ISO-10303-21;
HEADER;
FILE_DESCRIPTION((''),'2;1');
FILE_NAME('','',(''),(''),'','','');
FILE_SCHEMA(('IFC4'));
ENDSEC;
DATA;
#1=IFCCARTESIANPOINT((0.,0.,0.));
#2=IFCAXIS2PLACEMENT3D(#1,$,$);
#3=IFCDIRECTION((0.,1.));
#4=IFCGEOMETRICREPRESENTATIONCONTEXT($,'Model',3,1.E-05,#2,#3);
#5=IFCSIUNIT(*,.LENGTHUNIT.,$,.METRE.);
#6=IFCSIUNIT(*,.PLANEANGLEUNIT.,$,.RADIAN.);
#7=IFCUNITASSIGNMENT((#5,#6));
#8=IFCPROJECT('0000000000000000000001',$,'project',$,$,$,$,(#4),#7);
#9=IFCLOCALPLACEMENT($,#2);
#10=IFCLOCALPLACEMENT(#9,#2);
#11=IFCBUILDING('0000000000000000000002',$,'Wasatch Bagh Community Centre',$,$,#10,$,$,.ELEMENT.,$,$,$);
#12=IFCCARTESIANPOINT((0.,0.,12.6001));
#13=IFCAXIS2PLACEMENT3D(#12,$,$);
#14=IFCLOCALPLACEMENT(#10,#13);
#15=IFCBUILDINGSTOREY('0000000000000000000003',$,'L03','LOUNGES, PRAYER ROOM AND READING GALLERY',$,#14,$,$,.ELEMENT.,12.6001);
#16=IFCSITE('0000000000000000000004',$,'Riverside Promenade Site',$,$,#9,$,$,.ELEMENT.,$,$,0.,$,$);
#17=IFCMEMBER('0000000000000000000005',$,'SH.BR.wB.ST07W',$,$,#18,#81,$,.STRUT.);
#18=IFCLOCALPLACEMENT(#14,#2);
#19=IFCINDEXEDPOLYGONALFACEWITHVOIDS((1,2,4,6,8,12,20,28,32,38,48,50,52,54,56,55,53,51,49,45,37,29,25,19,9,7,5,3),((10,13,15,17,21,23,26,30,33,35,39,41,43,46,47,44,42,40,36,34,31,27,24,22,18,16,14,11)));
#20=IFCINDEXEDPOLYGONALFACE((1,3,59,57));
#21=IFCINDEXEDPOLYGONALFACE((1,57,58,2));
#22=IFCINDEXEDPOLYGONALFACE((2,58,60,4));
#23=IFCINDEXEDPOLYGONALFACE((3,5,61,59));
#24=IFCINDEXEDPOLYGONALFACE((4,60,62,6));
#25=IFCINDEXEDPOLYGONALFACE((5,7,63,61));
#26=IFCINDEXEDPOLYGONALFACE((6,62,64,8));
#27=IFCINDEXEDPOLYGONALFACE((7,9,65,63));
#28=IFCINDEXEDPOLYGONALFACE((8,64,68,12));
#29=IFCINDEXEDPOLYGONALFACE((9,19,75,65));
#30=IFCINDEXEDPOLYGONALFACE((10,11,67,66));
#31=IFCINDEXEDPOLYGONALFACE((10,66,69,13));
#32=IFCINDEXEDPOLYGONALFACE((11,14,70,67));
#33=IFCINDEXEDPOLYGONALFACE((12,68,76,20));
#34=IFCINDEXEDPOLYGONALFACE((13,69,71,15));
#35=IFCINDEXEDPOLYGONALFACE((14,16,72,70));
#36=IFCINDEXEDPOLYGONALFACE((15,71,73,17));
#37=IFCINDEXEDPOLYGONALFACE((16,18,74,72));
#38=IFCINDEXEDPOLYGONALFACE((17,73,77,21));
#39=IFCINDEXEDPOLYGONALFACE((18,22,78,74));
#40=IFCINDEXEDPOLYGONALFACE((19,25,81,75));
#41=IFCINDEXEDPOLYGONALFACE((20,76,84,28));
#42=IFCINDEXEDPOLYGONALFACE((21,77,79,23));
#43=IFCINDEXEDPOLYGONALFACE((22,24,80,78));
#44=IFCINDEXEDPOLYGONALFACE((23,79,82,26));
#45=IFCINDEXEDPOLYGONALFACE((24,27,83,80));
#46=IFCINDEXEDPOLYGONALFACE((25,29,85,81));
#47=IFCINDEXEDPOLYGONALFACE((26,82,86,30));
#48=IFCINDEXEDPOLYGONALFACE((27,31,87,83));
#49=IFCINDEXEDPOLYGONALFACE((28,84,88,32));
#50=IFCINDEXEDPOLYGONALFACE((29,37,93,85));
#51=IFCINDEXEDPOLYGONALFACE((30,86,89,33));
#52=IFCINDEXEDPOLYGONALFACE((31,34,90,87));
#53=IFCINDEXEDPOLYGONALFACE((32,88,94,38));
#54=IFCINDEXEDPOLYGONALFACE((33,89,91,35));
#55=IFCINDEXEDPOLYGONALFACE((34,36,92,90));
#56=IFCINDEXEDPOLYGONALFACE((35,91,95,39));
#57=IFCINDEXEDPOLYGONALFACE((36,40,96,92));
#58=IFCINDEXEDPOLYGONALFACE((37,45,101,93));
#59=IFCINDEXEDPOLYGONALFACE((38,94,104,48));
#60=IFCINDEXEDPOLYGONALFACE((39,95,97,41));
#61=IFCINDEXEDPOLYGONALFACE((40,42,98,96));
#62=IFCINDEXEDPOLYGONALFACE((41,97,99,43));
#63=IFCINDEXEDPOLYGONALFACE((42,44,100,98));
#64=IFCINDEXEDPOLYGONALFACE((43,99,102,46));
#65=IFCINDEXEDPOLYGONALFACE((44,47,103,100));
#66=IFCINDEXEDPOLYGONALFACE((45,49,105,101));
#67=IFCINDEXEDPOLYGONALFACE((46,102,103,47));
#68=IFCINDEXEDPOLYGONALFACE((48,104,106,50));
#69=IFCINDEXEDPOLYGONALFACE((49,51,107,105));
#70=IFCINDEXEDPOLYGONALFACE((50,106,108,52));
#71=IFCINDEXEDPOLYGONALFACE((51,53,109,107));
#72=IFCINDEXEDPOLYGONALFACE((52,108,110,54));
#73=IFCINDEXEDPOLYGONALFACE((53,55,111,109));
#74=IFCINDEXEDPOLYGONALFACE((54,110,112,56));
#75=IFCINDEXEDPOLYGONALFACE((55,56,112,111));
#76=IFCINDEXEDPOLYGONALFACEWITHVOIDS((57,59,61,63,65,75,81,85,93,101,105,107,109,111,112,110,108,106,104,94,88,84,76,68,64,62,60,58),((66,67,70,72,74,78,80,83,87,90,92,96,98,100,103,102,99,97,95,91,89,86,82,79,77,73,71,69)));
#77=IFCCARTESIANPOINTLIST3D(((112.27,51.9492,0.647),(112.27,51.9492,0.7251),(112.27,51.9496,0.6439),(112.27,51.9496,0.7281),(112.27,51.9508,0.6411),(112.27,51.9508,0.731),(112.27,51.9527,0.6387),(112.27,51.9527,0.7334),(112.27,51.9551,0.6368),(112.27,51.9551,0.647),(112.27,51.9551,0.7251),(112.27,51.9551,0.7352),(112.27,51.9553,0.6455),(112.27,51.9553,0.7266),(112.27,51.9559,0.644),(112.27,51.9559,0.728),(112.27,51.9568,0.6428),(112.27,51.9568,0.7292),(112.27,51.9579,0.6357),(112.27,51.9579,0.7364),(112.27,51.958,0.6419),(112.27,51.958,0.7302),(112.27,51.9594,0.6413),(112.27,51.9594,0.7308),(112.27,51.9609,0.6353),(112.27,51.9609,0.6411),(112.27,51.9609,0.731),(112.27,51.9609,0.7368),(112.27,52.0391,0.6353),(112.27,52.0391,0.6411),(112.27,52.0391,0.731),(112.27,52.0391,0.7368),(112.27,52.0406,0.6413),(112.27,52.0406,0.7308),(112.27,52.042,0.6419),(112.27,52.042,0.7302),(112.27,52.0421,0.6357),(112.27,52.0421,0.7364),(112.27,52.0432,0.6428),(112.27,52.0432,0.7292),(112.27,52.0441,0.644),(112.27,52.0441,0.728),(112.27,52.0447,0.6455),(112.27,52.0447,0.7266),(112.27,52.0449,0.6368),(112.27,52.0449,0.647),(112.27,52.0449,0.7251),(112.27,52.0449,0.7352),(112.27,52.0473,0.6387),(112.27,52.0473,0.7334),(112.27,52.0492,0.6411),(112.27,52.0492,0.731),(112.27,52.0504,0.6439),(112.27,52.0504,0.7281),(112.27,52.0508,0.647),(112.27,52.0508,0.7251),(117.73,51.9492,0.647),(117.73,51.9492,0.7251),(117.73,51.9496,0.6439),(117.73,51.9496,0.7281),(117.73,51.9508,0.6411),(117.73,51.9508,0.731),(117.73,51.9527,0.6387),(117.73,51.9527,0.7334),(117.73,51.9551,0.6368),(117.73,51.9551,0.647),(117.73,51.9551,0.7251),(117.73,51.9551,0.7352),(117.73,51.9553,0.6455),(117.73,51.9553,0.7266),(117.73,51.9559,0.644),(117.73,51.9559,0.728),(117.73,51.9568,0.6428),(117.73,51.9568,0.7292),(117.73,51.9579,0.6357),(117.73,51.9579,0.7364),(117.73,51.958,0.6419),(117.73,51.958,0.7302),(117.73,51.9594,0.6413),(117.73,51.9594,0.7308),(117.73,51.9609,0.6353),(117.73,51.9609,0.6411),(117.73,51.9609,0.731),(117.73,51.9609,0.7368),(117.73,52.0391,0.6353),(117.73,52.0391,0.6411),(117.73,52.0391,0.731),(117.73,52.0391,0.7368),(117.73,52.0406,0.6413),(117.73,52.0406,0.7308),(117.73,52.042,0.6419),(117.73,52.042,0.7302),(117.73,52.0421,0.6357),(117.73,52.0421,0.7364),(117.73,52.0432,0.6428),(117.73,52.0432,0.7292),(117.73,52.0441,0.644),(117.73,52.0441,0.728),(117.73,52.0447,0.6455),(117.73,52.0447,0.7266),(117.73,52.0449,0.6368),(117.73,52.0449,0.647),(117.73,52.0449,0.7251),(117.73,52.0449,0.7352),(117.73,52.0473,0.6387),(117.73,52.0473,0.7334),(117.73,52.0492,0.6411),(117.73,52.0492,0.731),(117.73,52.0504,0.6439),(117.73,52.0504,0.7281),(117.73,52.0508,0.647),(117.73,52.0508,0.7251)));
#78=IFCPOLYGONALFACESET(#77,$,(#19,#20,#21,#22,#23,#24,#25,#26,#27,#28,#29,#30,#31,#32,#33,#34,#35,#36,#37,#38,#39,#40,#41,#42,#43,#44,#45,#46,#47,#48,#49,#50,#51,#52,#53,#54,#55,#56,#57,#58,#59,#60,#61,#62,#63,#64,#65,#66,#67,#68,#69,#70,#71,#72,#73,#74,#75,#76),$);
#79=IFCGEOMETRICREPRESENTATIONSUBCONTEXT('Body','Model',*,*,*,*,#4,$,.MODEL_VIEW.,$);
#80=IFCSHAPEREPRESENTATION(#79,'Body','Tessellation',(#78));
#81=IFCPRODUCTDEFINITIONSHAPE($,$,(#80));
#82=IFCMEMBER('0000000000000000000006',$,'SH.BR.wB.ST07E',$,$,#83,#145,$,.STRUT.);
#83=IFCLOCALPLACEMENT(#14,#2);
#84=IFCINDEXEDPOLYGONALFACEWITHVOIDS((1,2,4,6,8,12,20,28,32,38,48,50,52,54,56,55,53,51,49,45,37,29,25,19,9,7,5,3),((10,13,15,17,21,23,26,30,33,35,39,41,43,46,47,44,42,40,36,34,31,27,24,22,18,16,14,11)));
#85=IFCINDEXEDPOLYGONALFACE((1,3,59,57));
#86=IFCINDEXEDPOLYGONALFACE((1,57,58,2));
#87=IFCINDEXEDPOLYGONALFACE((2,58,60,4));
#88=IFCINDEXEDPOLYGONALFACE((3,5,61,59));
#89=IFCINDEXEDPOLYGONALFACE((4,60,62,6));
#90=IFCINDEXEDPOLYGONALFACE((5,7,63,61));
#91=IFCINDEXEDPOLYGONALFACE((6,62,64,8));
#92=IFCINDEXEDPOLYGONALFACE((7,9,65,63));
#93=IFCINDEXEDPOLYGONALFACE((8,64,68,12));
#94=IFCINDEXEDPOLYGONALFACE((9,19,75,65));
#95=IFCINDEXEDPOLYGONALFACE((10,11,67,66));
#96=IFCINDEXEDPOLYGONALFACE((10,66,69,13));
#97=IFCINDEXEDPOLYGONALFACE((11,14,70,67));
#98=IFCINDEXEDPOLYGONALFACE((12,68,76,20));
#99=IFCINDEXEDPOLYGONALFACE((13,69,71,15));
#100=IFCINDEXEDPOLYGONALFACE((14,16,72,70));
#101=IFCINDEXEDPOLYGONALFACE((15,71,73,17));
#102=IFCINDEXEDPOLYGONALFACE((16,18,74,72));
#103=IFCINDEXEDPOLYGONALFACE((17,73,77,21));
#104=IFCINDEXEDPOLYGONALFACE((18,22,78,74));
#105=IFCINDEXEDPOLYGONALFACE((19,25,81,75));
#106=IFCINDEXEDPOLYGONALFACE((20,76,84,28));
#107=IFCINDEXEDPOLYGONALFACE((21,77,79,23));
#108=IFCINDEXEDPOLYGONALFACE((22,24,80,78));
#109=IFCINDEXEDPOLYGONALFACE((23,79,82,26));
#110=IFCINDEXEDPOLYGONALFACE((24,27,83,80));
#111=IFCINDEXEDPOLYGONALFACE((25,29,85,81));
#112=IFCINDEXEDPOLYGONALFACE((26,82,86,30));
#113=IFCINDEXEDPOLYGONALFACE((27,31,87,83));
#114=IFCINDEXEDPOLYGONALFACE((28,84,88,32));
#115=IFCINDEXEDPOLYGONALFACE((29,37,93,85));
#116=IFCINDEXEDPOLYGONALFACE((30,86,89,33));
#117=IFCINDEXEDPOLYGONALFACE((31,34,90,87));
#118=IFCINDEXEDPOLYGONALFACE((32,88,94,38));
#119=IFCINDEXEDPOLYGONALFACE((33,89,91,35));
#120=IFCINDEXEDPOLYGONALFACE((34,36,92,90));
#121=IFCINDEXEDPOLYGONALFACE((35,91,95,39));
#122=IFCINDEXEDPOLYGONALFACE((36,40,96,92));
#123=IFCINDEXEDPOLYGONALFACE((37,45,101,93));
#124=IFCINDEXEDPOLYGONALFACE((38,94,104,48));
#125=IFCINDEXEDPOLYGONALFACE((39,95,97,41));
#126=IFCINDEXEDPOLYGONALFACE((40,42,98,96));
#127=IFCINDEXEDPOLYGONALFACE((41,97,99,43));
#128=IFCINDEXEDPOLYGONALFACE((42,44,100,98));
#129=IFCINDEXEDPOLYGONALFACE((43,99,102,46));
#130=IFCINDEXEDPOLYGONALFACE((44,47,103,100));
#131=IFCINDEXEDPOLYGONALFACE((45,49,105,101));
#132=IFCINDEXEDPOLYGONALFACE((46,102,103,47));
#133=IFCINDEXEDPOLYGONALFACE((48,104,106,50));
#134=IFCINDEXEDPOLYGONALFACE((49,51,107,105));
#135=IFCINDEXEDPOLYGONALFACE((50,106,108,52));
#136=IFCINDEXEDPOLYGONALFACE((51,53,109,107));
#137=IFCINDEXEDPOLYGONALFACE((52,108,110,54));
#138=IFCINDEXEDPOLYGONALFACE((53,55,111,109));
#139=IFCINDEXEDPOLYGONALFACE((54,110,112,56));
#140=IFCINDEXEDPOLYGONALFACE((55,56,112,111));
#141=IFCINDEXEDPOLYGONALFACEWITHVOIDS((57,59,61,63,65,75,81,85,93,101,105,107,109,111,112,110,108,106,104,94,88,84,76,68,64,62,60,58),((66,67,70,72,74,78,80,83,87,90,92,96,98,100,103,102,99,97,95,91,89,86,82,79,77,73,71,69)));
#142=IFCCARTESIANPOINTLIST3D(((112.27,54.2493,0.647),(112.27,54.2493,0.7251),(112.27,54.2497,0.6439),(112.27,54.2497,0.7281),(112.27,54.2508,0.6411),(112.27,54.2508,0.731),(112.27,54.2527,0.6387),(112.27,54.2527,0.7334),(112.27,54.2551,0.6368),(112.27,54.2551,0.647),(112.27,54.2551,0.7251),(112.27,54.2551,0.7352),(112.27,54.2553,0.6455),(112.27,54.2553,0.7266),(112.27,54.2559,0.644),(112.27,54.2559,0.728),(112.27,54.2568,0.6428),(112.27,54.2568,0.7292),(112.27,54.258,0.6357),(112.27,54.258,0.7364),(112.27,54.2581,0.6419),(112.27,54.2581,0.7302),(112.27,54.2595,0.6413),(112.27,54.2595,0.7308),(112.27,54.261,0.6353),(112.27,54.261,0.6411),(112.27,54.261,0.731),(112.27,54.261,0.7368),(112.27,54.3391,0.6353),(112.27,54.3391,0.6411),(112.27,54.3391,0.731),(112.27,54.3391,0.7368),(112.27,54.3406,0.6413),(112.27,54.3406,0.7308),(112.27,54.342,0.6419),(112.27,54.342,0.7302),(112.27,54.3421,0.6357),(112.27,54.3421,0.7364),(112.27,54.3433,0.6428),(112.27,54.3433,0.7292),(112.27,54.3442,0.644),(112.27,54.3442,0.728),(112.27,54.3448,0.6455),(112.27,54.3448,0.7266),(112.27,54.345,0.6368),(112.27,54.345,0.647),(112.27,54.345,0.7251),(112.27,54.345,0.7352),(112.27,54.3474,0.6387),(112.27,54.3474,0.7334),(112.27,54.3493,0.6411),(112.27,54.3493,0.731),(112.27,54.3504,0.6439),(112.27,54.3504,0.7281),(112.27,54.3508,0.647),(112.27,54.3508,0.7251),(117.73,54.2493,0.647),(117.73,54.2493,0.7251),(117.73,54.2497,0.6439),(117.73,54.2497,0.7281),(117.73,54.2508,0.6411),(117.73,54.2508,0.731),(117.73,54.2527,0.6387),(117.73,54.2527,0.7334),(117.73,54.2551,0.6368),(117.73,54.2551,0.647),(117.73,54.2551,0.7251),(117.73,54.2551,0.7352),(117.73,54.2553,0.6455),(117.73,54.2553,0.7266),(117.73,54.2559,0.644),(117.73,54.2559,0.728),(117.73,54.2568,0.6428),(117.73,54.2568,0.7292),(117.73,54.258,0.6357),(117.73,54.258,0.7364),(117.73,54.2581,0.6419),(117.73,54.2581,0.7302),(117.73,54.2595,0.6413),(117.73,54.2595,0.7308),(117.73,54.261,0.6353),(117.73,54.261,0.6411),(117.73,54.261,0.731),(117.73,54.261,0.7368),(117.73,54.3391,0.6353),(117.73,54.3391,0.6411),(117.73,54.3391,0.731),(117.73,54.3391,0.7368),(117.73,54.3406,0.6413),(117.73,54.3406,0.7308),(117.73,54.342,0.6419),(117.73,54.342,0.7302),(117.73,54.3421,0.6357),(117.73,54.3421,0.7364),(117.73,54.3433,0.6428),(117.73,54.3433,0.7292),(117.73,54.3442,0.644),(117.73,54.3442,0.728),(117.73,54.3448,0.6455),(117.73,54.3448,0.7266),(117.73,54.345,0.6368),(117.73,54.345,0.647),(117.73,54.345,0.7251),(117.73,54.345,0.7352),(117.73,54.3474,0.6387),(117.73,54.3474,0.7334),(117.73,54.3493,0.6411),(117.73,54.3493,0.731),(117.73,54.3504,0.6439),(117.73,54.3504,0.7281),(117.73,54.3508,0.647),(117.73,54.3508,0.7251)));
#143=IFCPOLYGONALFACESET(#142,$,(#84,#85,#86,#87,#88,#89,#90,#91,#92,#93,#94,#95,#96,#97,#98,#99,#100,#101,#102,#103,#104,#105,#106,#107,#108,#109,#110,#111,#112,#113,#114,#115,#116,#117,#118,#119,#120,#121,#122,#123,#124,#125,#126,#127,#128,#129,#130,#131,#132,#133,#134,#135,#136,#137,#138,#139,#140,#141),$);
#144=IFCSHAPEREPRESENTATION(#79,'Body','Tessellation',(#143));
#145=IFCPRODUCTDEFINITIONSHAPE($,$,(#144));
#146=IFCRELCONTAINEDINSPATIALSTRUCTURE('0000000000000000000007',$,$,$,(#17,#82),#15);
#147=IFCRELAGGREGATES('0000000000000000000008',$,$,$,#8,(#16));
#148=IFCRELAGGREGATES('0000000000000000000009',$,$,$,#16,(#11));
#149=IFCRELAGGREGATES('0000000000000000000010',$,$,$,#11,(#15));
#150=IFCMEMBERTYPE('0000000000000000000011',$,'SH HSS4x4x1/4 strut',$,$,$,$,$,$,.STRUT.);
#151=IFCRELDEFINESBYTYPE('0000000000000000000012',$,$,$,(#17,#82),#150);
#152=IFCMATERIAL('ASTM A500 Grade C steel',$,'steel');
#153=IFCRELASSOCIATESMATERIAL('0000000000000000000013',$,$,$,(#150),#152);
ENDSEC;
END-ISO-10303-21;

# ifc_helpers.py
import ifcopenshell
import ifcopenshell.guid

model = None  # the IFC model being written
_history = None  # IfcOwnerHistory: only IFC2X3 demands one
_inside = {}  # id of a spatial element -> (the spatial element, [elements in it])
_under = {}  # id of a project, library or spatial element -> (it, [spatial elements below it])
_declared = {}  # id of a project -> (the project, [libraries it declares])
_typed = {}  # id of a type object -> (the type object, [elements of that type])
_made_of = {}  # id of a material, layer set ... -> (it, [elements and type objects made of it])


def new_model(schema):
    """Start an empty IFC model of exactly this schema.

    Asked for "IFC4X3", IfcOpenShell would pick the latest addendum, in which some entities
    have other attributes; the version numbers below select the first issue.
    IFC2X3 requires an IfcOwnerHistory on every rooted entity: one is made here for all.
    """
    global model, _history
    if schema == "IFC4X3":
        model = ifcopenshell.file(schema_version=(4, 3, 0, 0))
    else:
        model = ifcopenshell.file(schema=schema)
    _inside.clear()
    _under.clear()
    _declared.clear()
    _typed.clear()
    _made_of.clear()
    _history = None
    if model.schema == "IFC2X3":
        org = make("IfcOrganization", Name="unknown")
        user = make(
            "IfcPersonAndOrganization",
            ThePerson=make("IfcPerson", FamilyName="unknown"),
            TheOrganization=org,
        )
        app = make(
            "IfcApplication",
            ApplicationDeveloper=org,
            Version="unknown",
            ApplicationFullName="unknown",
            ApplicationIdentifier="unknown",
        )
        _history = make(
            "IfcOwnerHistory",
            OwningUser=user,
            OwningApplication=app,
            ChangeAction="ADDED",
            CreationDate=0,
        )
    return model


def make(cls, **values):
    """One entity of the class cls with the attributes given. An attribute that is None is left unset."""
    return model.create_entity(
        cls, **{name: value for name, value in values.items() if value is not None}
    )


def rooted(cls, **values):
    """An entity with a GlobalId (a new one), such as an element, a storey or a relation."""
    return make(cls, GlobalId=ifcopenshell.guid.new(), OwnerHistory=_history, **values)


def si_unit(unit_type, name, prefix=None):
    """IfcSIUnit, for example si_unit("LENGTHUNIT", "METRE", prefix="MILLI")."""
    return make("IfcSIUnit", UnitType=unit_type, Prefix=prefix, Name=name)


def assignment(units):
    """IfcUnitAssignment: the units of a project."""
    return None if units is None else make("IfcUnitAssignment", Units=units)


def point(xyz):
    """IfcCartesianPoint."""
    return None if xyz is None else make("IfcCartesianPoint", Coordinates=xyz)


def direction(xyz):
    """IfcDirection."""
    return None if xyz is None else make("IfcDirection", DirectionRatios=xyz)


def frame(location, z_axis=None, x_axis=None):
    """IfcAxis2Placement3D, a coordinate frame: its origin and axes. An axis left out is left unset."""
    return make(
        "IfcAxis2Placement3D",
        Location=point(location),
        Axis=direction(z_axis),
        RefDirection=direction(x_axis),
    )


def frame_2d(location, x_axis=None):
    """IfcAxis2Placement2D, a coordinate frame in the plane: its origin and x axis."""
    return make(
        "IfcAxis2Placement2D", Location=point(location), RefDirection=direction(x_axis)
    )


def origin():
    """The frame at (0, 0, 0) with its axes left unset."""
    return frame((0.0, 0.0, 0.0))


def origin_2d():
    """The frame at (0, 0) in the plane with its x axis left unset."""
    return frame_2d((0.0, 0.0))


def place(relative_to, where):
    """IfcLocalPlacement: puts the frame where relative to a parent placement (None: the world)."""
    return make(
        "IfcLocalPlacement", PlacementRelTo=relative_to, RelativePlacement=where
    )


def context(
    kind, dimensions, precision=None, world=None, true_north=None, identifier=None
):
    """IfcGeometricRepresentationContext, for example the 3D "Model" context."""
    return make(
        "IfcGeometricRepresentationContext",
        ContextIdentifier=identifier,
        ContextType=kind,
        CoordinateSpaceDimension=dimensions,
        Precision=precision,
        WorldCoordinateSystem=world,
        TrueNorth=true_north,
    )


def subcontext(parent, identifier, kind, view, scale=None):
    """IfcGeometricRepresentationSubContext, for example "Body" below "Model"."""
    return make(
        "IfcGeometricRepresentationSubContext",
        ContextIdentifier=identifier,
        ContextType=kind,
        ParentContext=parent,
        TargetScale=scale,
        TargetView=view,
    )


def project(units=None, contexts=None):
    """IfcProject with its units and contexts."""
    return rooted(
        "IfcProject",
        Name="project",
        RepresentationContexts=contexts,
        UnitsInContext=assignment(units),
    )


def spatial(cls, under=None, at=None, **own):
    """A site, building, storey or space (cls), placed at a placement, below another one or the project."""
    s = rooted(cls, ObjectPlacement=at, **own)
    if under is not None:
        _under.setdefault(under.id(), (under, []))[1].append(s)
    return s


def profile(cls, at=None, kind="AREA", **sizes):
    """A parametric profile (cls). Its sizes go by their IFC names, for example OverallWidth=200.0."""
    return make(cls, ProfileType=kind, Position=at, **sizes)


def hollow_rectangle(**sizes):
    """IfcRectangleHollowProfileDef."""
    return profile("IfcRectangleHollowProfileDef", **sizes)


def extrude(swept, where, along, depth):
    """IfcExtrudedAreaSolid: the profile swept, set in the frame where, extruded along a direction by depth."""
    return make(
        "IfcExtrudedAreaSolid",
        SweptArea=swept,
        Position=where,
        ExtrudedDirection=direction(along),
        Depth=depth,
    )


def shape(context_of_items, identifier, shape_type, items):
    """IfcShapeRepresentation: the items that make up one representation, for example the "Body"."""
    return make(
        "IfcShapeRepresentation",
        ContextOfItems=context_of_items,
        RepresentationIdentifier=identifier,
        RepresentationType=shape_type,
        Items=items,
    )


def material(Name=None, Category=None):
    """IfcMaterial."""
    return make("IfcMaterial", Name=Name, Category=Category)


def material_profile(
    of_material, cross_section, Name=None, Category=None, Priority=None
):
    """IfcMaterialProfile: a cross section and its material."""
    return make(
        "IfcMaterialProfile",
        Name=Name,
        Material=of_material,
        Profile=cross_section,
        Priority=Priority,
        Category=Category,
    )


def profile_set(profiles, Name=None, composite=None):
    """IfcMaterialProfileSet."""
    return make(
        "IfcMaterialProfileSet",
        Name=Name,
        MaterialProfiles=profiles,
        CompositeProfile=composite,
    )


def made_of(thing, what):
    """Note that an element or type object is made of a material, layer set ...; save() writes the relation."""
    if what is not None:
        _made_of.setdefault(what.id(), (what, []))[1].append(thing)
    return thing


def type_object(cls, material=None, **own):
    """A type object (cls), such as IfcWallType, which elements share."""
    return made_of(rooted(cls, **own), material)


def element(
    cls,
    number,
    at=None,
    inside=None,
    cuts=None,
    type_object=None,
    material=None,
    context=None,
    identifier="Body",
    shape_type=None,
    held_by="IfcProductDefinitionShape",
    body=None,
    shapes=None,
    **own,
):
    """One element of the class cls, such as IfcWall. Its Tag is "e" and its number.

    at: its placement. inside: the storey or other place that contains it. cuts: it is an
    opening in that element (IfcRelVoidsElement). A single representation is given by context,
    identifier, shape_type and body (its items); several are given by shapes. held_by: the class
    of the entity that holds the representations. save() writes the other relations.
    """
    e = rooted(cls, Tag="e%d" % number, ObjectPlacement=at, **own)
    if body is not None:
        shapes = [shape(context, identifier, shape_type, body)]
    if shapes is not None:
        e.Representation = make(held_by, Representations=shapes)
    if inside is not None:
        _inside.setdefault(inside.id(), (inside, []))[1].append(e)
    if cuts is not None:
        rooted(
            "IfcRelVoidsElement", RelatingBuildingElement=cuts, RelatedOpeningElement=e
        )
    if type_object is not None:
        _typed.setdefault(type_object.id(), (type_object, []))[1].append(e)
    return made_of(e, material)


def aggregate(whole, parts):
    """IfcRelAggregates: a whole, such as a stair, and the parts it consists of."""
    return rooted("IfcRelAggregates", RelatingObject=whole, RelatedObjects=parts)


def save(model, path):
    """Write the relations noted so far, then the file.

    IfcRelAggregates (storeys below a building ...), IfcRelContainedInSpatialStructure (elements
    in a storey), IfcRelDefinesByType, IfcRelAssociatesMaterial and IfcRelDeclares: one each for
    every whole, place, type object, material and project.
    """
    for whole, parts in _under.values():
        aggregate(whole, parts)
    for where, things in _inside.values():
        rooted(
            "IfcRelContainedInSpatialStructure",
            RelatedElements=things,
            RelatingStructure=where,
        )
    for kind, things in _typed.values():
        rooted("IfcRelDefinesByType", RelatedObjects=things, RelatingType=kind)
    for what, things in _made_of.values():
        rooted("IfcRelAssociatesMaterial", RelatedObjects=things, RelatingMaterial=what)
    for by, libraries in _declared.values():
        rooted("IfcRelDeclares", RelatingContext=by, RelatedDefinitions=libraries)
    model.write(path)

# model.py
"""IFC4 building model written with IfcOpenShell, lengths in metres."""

from ifc_helpers import new_model, si_unit, direction, frame, origin, origin_2d, place, context, subcontext, project, spatial, hollow_rectangle, extrude, material, material_profile, profile_set, type_object, element, save


model = new_model("IFC4")

# Units and contexts
model_context = context("Model", 3, precision=1e-05, world=origin(), true_north=direction((0.0, 1.0)))
body_context = subcontext(model_context, "Body", "Model", "MODEL_VIEW")
ifc_project = project(units=[si_unit("LENGTHUNIT", "METRE"), si_unit("PLANEANGLEUNIT", "RADIAN")], contexts=[model_context])

# Site, building, storey
site_placement = place(None, origin())
site = spatial("IfcSite", under=ifc_project, at=site_placement, Name="Riverside Promenade Site", CompositionType="ELEMENT", RefElevation=0.0)
building_placement = place(site_placement, origin())
building = spatial("IfcBuilding", under=site, at=building_placement, Name="Wasatch Bagh Community Centre", CompositionType="ELEMENT")
storey_placement = place(building_placement, frame((0.0, 0.0, 12.6001)))
storey = spatial("IfcBuildingStorey", under=building, at=storey_placement, Name="L03", Description="LOUNGES, PRAYER ROOM AND READING GALLERY", CompositionType="ELEMENT", Elevation=12.6001)

# Members
ifc_material_1 = material(Name="ASTM A500 Grade C steel", Category="steel")
ifc_material_profile_1 = material_profile(ifc_material_1, hollow_rectangle(XDim=0.1016, YDim=0.1016, WallThickness=0.0059, InnerFilletRadius=0.0059, OuterFilletRadius=0.0117, at=origin_2d()), Name="HSS4x4x1/4")
ifc_profile_set_1 = profile_set([ifc_material_profile_1], Name="ASTM A500 Grade C steel")
member_type_1 = type_object("IfcMemberType", Name="SH HSS4x4x1/4 strut", PredefinedType="STRUT", material=ifc_profile_set_1)
for number, where, z_axis, x_axis, name in (
    (1, (112.27, 52.0, 0.686), (1.0, 0.0, 0.0), (0.0, 1.0, 0.0), "SH.BR.wB.ST07W"),
    (2, (112.27, 54.3, 0.686), (1.0, 0.0, 0.0), (0.0, 1.0, 0.0), "SH.BR.wB.ST07E"),
):
    element("IfcMember", number, at=place(storey_placement, frame(where, z_axis=z_axis, x_axis=x_axis)), inside=storey, type_object=member_type_1, Name=name, PredefinedType="STRUT", context=body_context, shape_type="SweptSolid", body=[
        extrude(hollow_rectangle(XDim=0.1016, YDim=0.1016, WallThickness=0.0059, InnerFilletRadius=0.0059, OuterFilletRadius=0.0117, at=origin_2d()), origin(), (0.0, 0.0, 1.0), 5.46),
    ])

save(model, "model.ifc")
